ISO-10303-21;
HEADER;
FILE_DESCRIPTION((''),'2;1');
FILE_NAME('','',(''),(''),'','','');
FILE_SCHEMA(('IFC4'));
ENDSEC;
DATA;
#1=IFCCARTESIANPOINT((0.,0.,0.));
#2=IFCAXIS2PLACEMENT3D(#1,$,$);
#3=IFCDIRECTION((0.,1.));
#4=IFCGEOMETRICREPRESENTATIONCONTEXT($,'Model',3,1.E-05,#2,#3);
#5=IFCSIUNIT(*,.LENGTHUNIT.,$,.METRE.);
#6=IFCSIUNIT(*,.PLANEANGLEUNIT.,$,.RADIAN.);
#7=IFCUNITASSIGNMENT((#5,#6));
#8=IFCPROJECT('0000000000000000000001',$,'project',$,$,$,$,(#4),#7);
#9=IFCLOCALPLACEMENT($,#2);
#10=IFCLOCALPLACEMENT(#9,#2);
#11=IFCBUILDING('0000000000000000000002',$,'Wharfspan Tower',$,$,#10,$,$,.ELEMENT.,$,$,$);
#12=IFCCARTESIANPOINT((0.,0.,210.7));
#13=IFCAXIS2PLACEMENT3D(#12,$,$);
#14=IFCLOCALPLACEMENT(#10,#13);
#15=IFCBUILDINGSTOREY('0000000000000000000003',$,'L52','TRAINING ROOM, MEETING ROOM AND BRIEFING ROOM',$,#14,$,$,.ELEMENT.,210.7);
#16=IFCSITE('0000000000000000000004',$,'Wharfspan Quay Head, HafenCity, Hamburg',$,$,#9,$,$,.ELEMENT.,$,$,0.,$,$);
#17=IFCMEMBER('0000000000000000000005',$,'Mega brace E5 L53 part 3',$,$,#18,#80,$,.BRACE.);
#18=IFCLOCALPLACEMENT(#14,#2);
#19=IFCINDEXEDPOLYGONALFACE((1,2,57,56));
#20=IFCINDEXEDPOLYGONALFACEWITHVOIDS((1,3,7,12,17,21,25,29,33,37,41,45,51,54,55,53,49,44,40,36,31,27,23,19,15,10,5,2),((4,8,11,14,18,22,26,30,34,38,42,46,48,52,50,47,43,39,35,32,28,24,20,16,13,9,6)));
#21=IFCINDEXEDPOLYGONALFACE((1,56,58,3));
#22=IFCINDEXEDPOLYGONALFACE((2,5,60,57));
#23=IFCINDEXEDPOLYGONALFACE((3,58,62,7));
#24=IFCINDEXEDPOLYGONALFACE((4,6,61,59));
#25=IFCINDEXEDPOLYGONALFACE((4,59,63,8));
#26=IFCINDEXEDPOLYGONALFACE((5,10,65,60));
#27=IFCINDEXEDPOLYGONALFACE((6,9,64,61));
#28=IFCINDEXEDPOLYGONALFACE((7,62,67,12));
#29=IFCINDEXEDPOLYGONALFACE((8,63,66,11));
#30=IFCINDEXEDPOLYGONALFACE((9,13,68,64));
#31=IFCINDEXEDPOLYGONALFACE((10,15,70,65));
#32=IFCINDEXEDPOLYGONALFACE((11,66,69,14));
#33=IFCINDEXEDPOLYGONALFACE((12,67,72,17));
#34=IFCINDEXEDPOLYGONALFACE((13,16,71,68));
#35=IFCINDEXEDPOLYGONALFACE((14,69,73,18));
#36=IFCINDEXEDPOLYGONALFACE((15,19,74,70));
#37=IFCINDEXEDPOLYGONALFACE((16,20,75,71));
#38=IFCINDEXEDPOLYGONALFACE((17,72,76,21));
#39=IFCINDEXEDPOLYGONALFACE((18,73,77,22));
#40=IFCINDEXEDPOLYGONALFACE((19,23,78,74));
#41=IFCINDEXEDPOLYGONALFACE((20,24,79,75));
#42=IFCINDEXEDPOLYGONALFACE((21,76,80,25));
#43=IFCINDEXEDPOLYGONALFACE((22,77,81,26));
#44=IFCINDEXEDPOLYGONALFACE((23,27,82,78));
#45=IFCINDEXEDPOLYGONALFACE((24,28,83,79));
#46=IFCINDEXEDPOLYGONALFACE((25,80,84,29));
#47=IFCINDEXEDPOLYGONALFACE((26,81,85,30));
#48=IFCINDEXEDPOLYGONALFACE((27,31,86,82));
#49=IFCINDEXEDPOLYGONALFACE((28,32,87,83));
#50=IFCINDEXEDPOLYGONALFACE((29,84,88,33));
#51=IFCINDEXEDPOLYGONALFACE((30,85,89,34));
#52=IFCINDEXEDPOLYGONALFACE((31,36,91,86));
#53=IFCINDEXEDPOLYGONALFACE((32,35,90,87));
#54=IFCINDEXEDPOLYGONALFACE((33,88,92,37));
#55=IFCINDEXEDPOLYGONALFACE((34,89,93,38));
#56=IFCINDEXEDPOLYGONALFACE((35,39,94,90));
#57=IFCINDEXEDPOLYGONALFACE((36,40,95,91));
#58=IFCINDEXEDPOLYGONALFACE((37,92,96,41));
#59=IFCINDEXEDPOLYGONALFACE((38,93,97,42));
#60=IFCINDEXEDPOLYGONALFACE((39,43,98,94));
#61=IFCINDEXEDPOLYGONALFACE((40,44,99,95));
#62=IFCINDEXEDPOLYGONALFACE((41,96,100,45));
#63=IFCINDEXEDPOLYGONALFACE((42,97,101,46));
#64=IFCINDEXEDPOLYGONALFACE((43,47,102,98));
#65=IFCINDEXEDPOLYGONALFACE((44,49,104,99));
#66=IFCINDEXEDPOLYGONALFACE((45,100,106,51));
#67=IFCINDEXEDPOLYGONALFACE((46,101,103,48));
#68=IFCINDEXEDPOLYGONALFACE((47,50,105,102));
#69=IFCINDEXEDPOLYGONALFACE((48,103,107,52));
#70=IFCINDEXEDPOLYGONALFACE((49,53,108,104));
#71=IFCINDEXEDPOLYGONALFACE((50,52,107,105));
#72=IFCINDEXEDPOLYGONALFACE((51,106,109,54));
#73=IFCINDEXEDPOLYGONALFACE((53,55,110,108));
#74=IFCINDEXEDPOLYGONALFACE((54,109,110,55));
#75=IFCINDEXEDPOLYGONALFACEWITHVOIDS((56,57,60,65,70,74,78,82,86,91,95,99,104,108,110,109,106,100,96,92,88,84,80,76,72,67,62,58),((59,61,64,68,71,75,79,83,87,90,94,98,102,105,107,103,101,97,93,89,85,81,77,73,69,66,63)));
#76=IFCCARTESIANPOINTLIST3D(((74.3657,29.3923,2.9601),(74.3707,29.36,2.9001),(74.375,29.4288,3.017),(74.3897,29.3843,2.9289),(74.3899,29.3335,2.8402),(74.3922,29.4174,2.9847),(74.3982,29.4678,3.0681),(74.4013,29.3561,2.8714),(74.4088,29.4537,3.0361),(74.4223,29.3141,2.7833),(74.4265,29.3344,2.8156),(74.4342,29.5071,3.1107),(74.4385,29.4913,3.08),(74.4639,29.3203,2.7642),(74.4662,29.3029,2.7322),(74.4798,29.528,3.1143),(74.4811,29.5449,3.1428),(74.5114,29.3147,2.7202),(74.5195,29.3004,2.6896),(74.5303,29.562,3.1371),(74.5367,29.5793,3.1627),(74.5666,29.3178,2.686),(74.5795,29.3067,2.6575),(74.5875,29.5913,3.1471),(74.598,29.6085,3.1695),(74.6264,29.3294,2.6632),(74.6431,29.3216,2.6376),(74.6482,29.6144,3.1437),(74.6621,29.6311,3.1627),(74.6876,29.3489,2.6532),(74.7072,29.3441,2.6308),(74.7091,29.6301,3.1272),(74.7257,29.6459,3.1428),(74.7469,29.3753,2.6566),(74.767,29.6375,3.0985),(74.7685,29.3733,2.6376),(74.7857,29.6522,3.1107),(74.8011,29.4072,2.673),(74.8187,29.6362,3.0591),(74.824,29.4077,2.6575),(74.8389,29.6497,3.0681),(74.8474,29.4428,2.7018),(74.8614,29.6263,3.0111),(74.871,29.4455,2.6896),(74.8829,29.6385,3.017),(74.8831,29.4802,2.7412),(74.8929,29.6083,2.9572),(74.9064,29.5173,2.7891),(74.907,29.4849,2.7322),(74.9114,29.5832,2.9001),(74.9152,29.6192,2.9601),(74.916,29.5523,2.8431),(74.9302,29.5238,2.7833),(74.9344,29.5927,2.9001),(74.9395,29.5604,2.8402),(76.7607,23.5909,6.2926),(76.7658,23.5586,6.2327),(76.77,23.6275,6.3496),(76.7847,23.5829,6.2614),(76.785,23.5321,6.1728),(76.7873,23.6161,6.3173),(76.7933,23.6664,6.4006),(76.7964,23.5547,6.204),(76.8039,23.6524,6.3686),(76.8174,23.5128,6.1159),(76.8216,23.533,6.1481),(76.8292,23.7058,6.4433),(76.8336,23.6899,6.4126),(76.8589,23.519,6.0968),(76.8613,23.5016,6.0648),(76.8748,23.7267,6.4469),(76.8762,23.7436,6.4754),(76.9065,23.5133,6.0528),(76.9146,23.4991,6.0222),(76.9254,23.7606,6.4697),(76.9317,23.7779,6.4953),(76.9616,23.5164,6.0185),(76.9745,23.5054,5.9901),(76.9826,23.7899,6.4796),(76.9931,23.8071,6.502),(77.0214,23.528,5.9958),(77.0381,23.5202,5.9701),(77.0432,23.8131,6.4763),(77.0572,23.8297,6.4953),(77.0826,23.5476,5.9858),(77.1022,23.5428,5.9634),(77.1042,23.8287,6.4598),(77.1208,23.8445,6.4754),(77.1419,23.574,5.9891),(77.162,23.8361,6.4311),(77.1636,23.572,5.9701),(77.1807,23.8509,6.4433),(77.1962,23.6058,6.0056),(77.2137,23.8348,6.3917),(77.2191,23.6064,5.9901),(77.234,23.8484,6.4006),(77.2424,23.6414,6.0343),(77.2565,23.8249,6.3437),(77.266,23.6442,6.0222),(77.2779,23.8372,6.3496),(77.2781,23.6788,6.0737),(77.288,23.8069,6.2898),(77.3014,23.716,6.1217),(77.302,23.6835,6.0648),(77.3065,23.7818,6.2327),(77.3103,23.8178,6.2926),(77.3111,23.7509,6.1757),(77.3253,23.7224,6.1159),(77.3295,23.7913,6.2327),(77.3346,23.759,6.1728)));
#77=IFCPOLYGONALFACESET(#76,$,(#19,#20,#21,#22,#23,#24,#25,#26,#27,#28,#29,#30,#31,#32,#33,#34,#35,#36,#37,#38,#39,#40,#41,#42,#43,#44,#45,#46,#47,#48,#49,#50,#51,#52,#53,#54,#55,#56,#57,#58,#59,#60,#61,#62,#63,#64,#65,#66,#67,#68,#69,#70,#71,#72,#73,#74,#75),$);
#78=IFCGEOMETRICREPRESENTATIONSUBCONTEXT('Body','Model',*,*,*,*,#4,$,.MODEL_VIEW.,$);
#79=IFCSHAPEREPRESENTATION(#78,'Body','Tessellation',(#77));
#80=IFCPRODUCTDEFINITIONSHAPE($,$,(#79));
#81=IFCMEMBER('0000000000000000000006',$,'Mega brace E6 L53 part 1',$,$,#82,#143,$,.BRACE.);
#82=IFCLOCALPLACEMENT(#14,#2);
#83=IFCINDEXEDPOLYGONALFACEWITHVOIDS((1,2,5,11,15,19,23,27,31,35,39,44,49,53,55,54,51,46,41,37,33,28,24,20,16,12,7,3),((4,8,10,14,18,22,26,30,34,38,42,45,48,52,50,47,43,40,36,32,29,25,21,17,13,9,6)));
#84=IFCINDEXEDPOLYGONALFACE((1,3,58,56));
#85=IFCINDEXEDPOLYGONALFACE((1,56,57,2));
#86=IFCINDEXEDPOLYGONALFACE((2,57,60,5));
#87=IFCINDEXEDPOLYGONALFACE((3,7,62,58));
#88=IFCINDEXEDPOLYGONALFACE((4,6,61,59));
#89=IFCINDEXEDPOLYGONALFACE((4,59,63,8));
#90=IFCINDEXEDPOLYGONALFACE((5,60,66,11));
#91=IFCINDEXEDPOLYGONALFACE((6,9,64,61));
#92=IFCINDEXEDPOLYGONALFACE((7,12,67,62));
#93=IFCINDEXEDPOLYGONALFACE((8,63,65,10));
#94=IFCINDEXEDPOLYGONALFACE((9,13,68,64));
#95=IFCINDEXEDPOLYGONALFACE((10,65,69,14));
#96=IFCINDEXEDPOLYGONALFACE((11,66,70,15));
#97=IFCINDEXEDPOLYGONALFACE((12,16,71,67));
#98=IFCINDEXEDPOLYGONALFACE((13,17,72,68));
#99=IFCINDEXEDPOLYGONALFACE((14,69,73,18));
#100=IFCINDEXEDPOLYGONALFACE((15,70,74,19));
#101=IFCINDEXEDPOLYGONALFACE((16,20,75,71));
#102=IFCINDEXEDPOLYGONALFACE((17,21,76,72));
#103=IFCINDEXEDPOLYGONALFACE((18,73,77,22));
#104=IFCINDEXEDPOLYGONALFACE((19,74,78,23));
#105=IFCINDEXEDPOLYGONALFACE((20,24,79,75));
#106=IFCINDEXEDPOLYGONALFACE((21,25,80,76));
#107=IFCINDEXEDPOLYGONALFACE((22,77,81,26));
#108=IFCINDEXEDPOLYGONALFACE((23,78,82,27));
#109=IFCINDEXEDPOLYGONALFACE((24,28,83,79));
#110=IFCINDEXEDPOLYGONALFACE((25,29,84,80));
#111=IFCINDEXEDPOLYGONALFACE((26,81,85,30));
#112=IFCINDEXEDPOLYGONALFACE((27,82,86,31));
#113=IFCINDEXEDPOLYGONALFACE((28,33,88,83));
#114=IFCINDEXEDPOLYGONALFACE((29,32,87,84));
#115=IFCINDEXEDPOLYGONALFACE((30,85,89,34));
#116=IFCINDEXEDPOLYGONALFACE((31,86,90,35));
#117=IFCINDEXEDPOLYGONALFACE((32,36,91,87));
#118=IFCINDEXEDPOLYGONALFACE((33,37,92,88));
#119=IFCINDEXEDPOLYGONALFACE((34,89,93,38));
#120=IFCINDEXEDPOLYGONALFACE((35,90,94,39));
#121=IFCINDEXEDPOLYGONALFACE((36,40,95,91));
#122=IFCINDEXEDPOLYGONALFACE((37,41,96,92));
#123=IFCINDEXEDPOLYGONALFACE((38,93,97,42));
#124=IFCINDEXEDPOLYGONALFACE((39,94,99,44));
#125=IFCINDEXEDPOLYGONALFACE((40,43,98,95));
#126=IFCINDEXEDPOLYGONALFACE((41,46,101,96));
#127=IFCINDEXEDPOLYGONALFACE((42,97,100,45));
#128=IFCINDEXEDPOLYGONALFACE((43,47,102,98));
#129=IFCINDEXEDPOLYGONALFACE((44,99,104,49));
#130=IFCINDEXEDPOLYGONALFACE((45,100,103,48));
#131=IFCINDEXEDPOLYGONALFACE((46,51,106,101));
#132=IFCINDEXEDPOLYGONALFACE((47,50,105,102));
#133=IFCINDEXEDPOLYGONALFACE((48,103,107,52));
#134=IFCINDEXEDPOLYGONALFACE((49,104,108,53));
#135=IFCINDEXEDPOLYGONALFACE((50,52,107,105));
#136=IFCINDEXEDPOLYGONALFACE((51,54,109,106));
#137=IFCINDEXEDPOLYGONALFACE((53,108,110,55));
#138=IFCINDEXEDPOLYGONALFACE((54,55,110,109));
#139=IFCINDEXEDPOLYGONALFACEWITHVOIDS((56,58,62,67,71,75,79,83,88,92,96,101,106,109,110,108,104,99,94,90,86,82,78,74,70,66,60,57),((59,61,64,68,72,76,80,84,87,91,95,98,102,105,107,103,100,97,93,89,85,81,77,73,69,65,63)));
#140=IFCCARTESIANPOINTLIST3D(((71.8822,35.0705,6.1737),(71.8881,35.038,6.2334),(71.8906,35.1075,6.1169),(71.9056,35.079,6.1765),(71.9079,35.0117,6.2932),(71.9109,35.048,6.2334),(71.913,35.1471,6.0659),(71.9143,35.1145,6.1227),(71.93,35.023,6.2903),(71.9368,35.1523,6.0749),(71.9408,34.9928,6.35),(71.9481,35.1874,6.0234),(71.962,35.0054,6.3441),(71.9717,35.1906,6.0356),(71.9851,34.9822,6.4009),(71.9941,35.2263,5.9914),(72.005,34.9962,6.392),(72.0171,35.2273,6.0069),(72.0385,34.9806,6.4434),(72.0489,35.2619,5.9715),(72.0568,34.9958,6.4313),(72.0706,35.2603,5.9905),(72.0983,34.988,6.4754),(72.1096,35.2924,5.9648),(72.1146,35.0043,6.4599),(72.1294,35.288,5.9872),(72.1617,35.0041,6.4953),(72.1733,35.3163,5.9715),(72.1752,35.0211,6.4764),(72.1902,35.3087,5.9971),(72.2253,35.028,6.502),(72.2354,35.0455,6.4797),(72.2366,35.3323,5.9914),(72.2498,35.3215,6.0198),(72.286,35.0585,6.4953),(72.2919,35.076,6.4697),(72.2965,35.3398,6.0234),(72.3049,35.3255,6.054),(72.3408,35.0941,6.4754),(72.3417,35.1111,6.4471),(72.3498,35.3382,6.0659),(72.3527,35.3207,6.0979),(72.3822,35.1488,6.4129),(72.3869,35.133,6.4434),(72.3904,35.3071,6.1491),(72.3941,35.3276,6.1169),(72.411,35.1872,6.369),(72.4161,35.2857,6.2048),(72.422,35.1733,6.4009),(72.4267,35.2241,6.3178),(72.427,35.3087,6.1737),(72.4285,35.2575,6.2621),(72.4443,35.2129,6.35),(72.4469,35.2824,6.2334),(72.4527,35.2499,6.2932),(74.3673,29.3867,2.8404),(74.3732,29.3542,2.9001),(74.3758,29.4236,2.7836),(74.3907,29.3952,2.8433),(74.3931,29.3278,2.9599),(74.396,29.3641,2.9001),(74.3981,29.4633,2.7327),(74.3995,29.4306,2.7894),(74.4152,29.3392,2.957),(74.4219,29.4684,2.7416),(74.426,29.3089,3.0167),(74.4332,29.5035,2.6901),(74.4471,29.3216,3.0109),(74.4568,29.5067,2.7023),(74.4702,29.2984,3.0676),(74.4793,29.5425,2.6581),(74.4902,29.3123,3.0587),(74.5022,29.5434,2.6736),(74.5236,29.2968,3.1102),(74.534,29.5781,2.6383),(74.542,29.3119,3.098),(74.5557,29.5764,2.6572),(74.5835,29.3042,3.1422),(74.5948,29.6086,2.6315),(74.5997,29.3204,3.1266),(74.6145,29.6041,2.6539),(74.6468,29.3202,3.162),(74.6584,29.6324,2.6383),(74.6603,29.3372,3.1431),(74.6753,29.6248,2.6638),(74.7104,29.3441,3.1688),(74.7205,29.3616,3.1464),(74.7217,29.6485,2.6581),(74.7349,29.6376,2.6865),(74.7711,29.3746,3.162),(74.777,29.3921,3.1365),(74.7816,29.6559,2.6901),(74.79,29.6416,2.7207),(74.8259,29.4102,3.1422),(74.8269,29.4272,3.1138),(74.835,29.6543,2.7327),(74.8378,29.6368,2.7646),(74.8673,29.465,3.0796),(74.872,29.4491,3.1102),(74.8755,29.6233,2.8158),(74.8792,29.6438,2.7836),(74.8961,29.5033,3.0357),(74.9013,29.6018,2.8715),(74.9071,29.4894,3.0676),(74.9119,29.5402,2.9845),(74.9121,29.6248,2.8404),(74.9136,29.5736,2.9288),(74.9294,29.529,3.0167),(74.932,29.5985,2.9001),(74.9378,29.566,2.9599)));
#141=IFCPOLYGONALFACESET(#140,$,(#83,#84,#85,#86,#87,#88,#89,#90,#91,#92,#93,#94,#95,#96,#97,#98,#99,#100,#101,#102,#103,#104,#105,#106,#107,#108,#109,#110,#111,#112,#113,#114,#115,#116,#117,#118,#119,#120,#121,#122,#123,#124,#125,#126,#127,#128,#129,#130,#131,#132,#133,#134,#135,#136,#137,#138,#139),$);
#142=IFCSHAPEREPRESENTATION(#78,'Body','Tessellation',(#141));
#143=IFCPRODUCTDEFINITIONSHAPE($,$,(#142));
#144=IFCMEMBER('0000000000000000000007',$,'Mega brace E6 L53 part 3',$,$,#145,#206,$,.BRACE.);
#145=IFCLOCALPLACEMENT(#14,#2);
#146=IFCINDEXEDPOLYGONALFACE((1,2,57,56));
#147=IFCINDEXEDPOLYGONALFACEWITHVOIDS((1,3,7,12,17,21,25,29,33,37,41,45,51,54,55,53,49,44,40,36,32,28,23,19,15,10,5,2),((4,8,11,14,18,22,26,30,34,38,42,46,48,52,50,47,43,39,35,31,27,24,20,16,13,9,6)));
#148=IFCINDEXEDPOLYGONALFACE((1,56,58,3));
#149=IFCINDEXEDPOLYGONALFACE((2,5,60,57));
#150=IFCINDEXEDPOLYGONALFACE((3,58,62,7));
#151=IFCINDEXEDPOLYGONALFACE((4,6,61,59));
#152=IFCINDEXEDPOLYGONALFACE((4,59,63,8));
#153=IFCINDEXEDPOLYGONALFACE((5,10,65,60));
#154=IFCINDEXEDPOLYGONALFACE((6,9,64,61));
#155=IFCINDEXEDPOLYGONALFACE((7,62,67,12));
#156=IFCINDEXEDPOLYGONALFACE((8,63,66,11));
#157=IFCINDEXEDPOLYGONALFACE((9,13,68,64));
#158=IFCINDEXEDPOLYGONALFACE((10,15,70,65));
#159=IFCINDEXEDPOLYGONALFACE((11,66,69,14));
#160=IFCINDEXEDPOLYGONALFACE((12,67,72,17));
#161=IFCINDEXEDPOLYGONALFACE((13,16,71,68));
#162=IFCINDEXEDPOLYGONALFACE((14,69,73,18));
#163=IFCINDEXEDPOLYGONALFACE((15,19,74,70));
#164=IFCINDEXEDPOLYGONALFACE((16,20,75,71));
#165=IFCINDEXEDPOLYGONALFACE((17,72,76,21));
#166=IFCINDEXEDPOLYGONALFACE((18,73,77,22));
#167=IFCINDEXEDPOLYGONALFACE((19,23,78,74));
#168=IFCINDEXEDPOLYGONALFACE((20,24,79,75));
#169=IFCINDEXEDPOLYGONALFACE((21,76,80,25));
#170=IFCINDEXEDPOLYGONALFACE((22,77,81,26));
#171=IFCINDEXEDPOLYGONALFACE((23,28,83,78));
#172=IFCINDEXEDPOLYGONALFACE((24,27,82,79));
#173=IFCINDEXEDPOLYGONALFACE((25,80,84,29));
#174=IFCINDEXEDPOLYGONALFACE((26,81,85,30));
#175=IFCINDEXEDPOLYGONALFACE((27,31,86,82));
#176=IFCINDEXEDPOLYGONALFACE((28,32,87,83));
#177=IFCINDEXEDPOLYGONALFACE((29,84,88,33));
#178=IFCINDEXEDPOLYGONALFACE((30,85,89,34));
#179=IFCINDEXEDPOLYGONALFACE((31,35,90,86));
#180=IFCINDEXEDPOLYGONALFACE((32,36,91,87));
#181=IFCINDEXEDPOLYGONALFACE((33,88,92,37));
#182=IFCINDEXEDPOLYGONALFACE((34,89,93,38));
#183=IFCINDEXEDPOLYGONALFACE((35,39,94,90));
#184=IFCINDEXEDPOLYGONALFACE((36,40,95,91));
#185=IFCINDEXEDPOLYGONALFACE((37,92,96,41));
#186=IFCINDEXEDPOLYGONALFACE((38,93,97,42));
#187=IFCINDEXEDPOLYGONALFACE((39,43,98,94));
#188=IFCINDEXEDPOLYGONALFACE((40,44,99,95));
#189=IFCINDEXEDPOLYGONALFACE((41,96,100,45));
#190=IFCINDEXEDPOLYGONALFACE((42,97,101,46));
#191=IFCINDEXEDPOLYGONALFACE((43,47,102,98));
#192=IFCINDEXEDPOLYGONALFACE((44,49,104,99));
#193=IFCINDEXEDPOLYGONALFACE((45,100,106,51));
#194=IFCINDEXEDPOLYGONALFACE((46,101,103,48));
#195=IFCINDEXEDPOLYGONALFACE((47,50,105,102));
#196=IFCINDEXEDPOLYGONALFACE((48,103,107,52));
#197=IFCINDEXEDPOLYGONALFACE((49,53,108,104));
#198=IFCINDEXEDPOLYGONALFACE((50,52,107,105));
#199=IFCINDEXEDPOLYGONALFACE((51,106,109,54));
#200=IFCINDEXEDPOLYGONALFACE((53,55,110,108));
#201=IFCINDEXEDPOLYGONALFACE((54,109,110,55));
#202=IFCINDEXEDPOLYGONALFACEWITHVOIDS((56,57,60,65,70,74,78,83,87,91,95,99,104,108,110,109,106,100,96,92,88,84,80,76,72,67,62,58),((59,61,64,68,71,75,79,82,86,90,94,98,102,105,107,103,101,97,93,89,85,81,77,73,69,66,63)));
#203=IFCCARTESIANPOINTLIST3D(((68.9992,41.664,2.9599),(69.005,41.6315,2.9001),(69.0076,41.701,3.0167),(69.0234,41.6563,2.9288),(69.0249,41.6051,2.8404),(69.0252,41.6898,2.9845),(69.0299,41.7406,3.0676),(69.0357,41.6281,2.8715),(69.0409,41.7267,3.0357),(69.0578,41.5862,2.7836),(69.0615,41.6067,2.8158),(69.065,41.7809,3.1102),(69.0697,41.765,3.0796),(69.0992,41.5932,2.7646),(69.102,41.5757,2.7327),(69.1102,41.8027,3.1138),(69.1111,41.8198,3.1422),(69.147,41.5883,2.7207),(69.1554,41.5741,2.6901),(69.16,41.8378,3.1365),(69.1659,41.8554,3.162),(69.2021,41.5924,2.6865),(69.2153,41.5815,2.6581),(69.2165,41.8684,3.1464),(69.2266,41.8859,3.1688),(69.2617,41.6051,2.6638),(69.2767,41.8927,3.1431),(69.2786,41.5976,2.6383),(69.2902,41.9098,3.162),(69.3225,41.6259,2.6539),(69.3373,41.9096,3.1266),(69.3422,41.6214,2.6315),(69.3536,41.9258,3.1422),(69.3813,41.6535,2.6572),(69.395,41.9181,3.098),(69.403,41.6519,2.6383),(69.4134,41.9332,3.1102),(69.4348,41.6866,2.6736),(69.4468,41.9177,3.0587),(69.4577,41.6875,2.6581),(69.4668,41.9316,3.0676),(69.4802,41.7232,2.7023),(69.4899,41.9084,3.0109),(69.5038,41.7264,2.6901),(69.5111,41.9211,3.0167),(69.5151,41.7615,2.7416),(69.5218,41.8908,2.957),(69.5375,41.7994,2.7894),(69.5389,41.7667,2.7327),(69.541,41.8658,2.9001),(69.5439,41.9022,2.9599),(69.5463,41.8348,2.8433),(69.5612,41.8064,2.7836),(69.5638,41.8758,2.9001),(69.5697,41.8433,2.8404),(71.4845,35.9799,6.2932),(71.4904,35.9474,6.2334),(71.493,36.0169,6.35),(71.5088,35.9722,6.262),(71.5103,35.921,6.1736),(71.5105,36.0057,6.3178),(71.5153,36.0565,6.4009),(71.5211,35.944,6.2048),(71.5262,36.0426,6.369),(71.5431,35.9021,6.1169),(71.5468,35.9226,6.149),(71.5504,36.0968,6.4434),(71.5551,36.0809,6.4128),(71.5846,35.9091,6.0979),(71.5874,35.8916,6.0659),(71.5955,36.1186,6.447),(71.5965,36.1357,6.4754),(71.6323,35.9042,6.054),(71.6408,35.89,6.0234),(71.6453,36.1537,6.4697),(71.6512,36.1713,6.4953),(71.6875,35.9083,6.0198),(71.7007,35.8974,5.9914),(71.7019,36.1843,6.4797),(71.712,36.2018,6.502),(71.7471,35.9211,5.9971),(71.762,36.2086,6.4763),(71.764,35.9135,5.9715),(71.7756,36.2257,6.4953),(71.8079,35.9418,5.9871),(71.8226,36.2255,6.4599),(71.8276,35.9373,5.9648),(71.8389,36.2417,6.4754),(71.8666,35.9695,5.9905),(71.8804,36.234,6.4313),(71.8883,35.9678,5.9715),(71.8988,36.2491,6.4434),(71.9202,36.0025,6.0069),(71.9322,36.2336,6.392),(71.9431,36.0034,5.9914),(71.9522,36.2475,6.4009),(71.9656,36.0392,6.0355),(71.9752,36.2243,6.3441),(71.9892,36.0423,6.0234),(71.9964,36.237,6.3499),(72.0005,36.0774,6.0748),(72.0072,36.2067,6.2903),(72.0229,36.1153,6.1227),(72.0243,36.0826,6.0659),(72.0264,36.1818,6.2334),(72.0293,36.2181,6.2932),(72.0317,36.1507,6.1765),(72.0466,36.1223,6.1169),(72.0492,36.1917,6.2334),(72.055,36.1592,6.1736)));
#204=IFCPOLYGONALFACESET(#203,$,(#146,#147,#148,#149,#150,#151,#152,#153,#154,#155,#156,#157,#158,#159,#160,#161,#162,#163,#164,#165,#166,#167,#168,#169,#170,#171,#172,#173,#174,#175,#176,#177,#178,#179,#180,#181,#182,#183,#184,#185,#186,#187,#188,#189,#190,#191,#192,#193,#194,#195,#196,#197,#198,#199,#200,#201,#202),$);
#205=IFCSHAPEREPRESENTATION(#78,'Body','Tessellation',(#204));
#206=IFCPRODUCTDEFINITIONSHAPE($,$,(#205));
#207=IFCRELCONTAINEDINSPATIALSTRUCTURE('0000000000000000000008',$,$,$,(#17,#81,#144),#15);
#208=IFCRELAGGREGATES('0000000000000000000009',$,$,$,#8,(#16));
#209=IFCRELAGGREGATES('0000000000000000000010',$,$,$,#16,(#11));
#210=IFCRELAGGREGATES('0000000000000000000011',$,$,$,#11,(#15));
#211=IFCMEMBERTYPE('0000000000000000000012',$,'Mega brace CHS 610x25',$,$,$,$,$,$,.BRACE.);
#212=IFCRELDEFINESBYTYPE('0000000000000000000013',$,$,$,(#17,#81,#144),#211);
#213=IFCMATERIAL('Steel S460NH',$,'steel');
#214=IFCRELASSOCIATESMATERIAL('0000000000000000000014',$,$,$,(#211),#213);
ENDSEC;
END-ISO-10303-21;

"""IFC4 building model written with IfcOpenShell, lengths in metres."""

from ifc_helpers import new_model, si_unit, direction, frame, origin, origin_2d, place, context, subcontext, project, spatial, hollow_circle, extrude, material, material_profile, profile_set, type_object, element, save


model = new_model("IFC4")

# Units and contexts
model_context = context("Model", 3, precision=1e-05, world=origin(), true_north=direction((0.0, 1.0)))
body_context = subcontext(model_context, "Body", "Model", "MODEL_VIEW")
ifc_project = project(units=[si_unit("LENGTHUNIT", "METRE"), si_unit("PLANEANGLEUNIT", "RADIAN")], contexts=[model_context])

# Site, building, storey
site_placement = place(None, origin())
site = spatial("IfcSite", under=ifc_project, at=site_placement, Name="Wharfspan Quay Head, HafenCity, Hamburg", CompositionType="ELEMENT", RefElevation=0.0)
building_placement = place(site_placement, origin())
building = spatial("IfcBuilding", under=site, at=building_placement, Name="Wharfspan Tower", CompositionType="ELEMENT")
storey_placement = place(building_placement, frame((0.0, 0.0, 210.7)))
storey = spatial("IfcBuildingStorey", under=building, at=storey_placement, Name="L52", Description="TRAINING ROOM, MEETING ROOM AND BRIEFING ROOM", CompositionType="ELEMENT", Elevation=210.7)

# Members
ifc_material_1 = material(Name="Steel S460NH", Category="steel")
ifc_material_profile_1 = material_profile(ifc_material_1, hollow_circle(Radius=0.3049, WallThickness=0.0249, at=origin_2d()))
ifc_profile_set_1 = profile_set([ifc_material_profile_1], Name="Steel S460NH")
member_type_1 = type_object("IfcMemberType", Name="Mega brace CHS 610x25", PredefinedType="BRACE", material=ifc_profile_set_1)
member_1_placement = place(storey_placement, frame((74.6526, 29.4763, 2.9001), z_axis=(0.337038, -0.81638, 0.468967), x_axis=(0.924329, 0.381603, -0.000002)))
element("IfcMember", 1, at=member_1_placement, inside=storey, type_object=member_type_1, Name="Mega brace E5 L53 part 3", PredefinedType="BRACE", context=body_context, shape_type="SweptSolid", body=[
    extrude(hollow_circle(Radius=0.3049, WallThickness=0.0249, at=origin_2d()), origin(), (0.0, 0.0, 1.0), 7.1062),
])
member_2_placement = place(storey_placement, frame((74.6526, 29.4763, 2.9001), z_axis=(-0.352889, 0.807113, 0.473327), x_axis=(-0.916248, -0.400606, 0.000001)))
element("IfcMember", 2, at=member_2_placement, inside=storey, type_object=member_type_1, Name="Mega brace E6 L53 part 1", PredefinedType="BRACE", context=body_context, shape_type="SweptSolid", body=[
    extrude(hollow_circle(Radius=0.3049, WallThickness=0.0249, at=origin_2d()), origin(), (0.0, 0.0, 1.0), 7.0422),
])
member_3_placement = place(storey_placement, frame((69.2844, 41.7537, 2.9001), z_axis=(0.352909, -0.807115, 0.473307), x_axis=(0.916238, 0.400621, -0.000003)))
element("IfcMember", 3, at=member_3_placement, inside=storey, type_object=member_type_1, Name="Mega brace E6 L53 part 3", PredefinedType="BRACE", context=body_context, shape_type="SweptSolid", body=[
    extrude(hollow_circle(Radius=0.3049, WallThickness=0.0249, at=origin_2d()), origin(), (0.0, 0.0, 1.0), 7.0425),
])

save(model, "model.ifc")
